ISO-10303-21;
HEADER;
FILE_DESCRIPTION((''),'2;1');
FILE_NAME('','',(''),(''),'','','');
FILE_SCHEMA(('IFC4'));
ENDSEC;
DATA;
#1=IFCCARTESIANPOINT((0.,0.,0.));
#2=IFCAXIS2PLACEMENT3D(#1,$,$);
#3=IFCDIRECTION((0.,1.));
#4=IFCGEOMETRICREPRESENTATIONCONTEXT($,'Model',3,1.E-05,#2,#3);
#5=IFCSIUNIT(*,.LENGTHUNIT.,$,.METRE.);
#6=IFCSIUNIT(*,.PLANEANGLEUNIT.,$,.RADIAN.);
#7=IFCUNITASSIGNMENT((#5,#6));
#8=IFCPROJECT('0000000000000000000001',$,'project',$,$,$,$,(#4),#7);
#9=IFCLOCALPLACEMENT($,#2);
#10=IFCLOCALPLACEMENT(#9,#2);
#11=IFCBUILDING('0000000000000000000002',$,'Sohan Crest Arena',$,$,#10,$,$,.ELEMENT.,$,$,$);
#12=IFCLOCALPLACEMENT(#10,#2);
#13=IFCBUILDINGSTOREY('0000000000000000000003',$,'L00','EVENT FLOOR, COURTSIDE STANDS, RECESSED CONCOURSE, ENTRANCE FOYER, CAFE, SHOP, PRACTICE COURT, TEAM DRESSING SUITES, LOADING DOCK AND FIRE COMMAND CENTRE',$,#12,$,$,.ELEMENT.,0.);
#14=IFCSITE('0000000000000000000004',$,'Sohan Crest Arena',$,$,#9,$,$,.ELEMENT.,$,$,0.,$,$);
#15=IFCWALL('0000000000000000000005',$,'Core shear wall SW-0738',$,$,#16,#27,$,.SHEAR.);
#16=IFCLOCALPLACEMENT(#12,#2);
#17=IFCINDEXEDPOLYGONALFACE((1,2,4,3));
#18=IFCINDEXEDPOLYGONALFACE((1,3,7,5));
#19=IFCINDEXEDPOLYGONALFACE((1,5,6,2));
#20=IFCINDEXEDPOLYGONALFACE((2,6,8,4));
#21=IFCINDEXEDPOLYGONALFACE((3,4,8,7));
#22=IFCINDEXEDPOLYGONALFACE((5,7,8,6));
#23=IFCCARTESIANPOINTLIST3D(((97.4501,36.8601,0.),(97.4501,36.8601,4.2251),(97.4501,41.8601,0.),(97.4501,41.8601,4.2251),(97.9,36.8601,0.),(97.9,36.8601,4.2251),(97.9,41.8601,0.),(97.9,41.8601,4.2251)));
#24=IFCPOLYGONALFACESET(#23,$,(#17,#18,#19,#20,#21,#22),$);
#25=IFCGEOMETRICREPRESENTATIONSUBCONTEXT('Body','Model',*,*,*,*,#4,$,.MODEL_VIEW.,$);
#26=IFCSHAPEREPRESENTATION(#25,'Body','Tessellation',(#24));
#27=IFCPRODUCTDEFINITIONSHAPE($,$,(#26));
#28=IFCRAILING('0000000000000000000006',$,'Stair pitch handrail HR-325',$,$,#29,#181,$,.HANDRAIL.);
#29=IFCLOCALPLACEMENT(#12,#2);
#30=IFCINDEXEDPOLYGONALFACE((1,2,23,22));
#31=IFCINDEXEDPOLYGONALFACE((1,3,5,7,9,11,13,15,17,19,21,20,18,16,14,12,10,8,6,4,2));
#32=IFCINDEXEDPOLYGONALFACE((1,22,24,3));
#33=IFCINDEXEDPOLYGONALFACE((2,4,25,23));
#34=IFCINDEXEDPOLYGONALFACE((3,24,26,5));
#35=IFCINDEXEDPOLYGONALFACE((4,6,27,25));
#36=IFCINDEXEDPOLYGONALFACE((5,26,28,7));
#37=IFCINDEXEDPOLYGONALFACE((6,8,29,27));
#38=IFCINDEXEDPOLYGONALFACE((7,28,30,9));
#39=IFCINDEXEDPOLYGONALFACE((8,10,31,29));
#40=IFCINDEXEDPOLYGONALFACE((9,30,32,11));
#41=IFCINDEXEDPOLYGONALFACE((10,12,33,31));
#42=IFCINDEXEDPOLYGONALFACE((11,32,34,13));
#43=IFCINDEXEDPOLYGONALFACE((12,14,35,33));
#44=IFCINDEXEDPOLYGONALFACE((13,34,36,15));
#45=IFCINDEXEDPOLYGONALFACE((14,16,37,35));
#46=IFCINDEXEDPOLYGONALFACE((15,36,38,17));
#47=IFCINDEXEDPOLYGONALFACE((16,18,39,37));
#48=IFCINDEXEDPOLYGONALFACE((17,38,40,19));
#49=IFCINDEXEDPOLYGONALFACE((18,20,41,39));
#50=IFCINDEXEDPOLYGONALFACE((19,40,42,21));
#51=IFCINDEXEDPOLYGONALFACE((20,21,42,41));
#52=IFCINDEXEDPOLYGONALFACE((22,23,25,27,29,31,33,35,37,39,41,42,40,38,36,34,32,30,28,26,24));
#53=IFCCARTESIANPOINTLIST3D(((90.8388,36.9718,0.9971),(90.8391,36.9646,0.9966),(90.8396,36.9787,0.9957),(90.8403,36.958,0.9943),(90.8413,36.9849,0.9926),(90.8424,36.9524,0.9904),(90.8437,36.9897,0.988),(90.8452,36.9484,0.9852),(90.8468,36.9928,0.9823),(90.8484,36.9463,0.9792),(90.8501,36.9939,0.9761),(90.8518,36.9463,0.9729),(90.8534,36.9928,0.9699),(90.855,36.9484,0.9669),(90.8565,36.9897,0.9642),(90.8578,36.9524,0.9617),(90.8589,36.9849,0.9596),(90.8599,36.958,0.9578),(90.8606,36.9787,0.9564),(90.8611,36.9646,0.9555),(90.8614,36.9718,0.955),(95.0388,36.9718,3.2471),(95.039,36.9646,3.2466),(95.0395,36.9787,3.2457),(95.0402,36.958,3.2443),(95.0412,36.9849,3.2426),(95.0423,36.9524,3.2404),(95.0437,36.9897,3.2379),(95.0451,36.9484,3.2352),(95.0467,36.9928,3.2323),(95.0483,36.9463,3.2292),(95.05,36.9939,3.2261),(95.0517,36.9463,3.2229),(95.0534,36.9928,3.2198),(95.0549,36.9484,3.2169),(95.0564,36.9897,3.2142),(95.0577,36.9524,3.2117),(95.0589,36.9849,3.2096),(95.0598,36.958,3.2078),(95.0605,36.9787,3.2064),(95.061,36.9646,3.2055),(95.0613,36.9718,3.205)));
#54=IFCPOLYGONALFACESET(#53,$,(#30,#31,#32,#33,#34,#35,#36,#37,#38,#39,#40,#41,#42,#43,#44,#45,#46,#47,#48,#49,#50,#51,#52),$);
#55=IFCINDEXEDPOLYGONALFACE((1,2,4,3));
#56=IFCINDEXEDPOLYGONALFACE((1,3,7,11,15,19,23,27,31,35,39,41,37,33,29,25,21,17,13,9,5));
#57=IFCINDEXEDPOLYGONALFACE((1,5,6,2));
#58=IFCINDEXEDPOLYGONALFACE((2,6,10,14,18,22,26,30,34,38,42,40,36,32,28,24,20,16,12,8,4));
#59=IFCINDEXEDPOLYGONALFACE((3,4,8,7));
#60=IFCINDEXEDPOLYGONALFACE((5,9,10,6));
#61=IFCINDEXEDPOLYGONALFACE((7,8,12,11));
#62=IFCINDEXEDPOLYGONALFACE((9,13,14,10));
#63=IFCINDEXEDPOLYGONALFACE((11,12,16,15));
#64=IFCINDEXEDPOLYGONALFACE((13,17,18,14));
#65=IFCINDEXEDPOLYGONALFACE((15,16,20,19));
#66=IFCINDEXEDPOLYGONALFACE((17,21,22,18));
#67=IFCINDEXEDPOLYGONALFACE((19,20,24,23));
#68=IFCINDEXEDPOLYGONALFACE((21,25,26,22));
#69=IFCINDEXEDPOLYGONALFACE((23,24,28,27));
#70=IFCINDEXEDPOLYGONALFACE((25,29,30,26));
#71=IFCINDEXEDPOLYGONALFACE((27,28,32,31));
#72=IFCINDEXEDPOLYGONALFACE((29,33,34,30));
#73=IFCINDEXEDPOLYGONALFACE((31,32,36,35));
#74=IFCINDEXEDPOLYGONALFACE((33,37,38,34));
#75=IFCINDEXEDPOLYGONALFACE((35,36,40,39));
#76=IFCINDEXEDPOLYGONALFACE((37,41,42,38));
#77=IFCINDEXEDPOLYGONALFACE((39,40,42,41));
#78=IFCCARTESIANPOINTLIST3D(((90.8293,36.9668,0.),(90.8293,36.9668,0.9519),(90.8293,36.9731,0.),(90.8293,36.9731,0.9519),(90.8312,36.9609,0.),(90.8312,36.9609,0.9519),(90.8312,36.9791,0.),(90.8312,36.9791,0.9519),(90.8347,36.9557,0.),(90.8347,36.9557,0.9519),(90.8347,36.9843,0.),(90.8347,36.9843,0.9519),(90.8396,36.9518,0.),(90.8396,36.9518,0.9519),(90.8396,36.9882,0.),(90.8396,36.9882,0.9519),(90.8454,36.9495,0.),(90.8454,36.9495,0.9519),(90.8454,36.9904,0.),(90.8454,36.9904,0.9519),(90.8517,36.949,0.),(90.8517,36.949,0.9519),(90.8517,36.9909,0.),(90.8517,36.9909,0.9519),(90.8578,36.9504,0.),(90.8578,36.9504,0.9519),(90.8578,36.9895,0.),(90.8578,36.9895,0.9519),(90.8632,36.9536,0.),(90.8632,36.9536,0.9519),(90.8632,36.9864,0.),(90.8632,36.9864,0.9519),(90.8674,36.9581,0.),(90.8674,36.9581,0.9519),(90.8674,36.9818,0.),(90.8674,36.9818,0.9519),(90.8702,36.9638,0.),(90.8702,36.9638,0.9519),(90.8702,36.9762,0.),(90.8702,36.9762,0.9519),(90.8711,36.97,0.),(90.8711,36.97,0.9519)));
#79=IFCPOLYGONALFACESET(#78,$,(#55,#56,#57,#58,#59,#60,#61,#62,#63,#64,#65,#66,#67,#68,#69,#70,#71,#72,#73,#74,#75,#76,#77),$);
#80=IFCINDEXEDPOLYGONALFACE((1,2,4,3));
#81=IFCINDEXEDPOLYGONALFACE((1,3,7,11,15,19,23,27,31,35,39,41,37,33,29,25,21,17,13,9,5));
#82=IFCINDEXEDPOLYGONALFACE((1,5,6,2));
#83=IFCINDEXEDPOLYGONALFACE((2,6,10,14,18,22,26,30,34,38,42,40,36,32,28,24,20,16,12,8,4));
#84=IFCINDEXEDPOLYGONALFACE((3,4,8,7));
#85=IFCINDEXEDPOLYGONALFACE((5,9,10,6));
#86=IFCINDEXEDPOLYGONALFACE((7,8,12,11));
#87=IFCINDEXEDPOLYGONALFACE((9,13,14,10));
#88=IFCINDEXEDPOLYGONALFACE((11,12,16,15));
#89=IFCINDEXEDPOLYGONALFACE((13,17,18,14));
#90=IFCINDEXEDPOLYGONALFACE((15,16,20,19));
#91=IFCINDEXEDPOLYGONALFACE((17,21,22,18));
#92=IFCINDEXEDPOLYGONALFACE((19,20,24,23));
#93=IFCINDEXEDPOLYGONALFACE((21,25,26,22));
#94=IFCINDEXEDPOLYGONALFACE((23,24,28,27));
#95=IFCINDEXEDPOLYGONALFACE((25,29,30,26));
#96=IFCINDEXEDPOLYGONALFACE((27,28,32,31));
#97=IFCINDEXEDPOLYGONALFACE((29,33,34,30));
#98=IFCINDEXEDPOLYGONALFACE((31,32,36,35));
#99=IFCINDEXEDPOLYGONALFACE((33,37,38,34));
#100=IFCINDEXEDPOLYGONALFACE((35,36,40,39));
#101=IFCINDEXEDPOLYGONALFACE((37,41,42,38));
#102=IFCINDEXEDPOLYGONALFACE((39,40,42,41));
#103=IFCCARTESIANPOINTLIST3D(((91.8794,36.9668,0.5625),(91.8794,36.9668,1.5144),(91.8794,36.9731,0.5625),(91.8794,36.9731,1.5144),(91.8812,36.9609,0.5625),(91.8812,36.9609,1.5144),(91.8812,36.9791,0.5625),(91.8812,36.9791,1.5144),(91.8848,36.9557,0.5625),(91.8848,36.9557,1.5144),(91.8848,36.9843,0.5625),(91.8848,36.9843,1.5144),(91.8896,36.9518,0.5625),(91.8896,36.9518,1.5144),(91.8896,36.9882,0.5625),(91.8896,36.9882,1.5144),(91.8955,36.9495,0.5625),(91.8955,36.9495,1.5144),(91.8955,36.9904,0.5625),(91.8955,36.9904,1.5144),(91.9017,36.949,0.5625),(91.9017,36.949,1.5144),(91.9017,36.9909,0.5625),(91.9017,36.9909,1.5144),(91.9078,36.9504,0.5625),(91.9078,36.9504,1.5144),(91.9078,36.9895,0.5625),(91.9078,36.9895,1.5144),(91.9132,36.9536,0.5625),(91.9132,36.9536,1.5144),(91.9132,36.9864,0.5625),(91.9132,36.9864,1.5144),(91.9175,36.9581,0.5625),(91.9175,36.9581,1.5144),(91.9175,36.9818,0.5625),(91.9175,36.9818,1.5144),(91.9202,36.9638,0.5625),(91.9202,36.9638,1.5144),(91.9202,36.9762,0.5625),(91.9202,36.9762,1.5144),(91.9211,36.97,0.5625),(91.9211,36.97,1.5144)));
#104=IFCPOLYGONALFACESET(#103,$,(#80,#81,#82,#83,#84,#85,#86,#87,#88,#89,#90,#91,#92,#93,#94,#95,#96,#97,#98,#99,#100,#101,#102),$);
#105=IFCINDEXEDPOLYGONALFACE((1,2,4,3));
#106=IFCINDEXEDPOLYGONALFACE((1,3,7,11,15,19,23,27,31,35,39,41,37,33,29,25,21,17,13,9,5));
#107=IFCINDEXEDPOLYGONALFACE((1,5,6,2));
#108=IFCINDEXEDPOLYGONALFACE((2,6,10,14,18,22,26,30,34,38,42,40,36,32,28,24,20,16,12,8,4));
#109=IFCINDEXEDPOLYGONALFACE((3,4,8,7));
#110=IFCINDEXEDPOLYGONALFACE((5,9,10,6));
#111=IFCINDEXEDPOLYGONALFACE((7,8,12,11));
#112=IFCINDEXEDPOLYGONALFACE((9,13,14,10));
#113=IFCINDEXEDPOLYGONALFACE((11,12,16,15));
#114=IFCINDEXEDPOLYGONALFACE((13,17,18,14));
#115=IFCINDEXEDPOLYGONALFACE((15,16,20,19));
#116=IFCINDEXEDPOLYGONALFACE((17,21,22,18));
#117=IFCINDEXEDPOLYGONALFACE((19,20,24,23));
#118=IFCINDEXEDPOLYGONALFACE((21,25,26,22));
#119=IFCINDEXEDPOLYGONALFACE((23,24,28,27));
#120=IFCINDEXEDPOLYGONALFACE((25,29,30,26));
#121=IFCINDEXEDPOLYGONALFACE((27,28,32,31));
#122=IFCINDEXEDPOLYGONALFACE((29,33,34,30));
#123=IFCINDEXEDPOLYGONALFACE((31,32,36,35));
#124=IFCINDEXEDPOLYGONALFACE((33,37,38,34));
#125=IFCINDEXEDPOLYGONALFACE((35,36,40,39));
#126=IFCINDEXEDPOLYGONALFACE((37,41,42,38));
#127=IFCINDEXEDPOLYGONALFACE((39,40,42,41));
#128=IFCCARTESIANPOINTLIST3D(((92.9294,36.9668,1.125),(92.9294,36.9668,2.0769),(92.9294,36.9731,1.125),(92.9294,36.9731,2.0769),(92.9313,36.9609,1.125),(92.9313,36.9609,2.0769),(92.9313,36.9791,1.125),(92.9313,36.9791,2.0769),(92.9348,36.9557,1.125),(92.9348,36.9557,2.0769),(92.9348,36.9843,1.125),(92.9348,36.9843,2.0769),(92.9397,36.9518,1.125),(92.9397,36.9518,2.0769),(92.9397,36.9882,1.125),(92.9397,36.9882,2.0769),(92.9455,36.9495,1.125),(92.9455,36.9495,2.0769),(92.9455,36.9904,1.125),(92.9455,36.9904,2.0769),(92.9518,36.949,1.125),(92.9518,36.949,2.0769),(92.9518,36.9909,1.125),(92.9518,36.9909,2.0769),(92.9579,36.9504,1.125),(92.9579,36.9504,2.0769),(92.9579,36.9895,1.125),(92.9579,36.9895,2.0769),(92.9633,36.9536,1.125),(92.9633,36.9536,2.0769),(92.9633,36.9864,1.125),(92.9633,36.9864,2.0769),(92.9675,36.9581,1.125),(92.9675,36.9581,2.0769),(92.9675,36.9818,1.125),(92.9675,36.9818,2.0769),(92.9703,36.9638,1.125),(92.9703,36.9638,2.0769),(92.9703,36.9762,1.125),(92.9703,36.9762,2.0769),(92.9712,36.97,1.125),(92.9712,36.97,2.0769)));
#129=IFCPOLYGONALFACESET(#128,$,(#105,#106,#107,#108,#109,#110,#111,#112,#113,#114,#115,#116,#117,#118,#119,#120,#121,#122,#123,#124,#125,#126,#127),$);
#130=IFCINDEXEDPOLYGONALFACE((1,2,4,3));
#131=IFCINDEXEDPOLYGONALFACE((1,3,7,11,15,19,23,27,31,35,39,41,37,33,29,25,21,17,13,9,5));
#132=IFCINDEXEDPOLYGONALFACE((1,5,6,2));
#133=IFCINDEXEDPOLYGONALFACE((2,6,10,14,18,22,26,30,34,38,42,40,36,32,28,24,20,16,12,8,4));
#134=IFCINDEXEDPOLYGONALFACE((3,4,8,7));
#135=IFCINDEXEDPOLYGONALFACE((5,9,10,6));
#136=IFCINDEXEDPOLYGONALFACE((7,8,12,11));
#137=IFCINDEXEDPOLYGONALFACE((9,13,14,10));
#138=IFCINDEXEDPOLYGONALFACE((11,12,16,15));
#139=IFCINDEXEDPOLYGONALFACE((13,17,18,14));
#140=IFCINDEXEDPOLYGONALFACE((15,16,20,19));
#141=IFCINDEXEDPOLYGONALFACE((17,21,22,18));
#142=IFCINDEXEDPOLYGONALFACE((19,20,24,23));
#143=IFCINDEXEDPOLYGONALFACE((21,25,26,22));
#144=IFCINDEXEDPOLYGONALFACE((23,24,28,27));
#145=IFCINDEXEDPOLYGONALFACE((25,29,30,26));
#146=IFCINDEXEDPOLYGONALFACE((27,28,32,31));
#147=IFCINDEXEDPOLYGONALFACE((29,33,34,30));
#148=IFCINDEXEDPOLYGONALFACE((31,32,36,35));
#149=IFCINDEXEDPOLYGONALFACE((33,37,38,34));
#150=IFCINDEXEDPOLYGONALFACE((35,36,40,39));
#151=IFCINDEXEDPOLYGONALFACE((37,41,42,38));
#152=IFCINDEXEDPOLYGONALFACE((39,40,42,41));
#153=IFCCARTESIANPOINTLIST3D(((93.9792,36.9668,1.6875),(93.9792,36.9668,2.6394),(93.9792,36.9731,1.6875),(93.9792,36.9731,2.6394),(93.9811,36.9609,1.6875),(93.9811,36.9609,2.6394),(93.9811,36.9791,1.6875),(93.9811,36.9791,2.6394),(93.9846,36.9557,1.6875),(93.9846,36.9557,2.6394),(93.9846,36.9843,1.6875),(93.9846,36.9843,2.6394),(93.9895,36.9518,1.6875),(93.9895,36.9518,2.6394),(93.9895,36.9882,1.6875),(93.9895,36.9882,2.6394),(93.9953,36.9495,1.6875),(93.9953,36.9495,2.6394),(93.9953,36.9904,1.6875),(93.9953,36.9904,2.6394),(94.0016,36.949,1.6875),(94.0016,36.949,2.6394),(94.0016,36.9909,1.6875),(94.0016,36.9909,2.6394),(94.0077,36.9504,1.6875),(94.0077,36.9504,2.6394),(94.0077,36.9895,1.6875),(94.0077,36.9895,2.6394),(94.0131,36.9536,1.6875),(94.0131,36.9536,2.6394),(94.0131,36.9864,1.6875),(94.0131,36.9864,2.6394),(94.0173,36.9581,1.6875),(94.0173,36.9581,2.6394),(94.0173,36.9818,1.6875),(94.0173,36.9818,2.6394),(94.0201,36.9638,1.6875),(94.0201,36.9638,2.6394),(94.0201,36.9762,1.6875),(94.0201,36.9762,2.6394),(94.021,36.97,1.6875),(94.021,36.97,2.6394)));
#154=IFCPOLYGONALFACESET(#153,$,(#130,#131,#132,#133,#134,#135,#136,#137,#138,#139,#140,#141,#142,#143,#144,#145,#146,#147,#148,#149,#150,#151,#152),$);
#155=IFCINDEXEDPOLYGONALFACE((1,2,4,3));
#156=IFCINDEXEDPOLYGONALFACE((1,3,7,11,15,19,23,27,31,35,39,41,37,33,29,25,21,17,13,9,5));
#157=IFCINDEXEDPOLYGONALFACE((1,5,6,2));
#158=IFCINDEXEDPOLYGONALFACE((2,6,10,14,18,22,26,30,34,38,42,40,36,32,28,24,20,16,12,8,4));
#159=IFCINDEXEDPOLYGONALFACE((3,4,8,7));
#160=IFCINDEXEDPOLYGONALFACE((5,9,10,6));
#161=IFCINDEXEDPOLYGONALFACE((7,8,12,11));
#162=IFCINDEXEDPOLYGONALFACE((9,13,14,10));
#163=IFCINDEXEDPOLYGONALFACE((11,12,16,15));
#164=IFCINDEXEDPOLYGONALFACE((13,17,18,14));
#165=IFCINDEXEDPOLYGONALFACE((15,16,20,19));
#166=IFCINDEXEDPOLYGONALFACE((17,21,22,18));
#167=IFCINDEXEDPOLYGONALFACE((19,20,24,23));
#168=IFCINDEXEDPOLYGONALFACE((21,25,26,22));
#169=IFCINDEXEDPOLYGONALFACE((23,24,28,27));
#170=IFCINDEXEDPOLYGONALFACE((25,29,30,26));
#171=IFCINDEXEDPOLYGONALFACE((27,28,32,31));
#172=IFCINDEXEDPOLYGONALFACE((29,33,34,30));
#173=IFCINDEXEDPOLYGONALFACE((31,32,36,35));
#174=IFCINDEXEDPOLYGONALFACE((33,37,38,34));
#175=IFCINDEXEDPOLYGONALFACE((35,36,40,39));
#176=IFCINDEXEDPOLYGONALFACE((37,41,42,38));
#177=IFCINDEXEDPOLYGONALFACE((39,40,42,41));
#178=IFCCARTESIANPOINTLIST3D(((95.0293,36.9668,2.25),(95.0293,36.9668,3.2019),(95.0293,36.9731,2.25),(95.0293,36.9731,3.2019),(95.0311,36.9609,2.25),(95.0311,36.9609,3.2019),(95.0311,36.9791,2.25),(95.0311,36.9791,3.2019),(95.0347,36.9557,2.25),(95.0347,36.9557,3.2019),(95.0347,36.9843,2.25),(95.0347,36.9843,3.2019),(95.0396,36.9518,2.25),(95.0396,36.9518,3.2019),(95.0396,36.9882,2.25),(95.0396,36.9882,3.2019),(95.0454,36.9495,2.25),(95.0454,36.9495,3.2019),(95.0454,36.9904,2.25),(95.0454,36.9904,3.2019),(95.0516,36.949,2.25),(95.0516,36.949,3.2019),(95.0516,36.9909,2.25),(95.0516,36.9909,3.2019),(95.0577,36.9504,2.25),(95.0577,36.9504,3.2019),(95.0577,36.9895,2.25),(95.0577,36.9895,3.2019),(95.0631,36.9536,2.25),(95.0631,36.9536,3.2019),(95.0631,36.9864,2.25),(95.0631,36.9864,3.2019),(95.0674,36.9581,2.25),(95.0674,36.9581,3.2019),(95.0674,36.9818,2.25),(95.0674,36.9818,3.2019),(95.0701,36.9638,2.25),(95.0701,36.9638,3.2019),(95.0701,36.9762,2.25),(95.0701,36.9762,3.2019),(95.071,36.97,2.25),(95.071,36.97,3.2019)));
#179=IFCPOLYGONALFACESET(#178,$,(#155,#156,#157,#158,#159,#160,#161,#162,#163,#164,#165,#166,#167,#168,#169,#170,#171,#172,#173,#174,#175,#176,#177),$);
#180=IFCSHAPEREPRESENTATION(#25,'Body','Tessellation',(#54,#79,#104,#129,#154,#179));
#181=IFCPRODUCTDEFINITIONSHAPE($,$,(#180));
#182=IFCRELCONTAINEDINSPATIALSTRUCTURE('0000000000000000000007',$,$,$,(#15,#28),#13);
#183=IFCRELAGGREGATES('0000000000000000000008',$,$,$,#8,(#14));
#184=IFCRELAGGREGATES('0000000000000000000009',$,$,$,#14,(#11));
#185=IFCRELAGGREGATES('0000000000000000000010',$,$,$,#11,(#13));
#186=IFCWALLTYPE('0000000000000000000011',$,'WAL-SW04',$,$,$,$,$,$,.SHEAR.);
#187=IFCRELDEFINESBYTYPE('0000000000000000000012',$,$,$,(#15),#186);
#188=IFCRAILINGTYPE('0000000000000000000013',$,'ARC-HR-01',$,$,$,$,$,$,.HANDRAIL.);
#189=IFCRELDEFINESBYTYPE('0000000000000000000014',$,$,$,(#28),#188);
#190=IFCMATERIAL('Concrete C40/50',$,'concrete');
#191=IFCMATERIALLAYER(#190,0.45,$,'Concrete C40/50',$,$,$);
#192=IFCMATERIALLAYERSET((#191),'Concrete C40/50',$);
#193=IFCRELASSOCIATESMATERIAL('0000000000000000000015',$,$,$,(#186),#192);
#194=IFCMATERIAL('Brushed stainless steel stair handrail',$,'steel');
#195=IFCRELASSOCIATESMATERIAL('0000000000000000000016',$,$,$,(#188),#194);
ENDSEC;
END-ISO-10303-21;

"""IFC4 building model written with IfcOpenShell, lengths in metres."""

from ifc_helpers import new_model, si_unit, direction, frame, frame_2d, origin, origin_2d, place, context, subcontext, project, spatial, rectangle, circle, extrude, material, layer, layer_set, type_object, element, save


model = new_model("IFC4")

# Units and contexts
model_context = context("Model", 3, precision=1e-05, world=origin(), true_north=direction((0.0, 1.0)))
body_context = subcontext(model_context, "Body", "Model", "MODEL_VIEW")
ifc_project = project(units=[si_unit("LENGTHUNIT", "METRE"), si_unit("PLANEANGLEUNIT", "RADIAN")], contexts=[model_context])

# Site, building, storey
site_placement = place(None, origin())
site = spatial("IfcSite", under=ifc_project, at=site_placement, Name="Sohan Crest Arena", CompositionType="ELEMENT", RefElevation=0.0)
building_placement = place(site_placement, origin())
building = spatial("IfcBuilding", under=site, at=building_placement, Name="Sohan Crest Arena", CompositionType="ELEMENT")
storey_placement = place(building_placement, origin())
storey = spatial("IfcBuildingStorey", under=building, at=storey_placement, Name="L00", Description="EVENT FLOOR, COURTSIDE STANDS, RECESSED CONCOURSE, ENTRANCE FOYER, CAFE, SHOP, PRACTICE COURT, TEAM DRESSING SUITES, LOADING DOCK AND FIRE COMMAND CENTRE", CompositionType="ELEMENT", Elevation=0.0)

# Wall
ifc_material_1 = material(Name="Concrete C40/50", Category="concrete")
ifc_layer_1 = layer(ifc_material_1, 0.45, Name="Concrete C40/50")
ifc_layer_set_1 = layer_set([ifc_layer_1], Name="Concrete C40/50")
wall_type_1 = type_object("IfcWallType", Name="WAL-SW04", PredefinedType="SHEAR", material=ifc_layer_set_1)
for number, where, z_axis, x_axis, name in (
    (1, (97.675, 36.8601, 0.0), (0.0, 0.0, 1.0), (0.0, 1.0, 0.0), "Core shear wall SW-0738"),
):
    element("IfcWall", number, at=place(storey_placement, frame(where, z_axis=z_axis, x_axis=x_axis)), inside=storey, type_object=wall_type_1, Name=name, PredefinedType="SHEAR", context=body_context, shape_type="SweptSolid", body=[
        extrude(rectangle(XDim=5.0, YDim=0.45, at=frame_2d((2.5, 0.0))), origin(), (0.0, 0.0, 1.0), 4.2251),
    ])

# Railing
ifc_material_2 = material(Name="Brushed stainless steel stair handrail", Category="steel")
railing_type = type_object("IfcRailingType", Name="ARC-HR-01", PredefinedType="HANDRAIL", material=ifc_material_2)
railing_placement = place(storey_placement, frame((90.8501, 36.97, 0.0)))
element("IfcRailing", 2, at=railing_placement, inside=storey, type_object=railing_type, Name="Stair pitch handrail HR-325", PredefinedType="HANDRAIL", context=body_context, shape_type="SweptSolid", body=[
    extrude(circle(Radius=0.0239, at=origin_2d()), frame((0.0, 0.0, 0.9761), z_axis=(0.881478, 0.0, 0.472226), x_axis=(0.0, 1.0, 0.0)), (0.0, 0.0, 1.0), 4.7646),
    extrude(circle(Radius=0.021, at=origin_2d()), origin(), (0.0, 0.0, 1.0), 0.9519),
    extrude(circle(Radius=0.021, at=origin_2d()), frame((1.05, 0.0, 0.5625)), (0.0, 0.0, 1.0), 0.9519),
    extrude(circle(Radius=0.021, at=origin_2d()), frame((2.1001, 0.0, 1.125)), (0.0, 0.0, 1.0), 0.9519),
    extrude(circle(Radius=0.021, at=origin_2d()), frame((3.1499, 0.0, 1.6875)), (0.0, 0.0, 1.0), 0.9519),
    extrude(circle(Radius=0.021, at=origin_2d()), frame((4.2, 0.0, 2.25)), (0.0, 0.0, 1.0), 0.9519),
])

save(model, "model.ifc")
